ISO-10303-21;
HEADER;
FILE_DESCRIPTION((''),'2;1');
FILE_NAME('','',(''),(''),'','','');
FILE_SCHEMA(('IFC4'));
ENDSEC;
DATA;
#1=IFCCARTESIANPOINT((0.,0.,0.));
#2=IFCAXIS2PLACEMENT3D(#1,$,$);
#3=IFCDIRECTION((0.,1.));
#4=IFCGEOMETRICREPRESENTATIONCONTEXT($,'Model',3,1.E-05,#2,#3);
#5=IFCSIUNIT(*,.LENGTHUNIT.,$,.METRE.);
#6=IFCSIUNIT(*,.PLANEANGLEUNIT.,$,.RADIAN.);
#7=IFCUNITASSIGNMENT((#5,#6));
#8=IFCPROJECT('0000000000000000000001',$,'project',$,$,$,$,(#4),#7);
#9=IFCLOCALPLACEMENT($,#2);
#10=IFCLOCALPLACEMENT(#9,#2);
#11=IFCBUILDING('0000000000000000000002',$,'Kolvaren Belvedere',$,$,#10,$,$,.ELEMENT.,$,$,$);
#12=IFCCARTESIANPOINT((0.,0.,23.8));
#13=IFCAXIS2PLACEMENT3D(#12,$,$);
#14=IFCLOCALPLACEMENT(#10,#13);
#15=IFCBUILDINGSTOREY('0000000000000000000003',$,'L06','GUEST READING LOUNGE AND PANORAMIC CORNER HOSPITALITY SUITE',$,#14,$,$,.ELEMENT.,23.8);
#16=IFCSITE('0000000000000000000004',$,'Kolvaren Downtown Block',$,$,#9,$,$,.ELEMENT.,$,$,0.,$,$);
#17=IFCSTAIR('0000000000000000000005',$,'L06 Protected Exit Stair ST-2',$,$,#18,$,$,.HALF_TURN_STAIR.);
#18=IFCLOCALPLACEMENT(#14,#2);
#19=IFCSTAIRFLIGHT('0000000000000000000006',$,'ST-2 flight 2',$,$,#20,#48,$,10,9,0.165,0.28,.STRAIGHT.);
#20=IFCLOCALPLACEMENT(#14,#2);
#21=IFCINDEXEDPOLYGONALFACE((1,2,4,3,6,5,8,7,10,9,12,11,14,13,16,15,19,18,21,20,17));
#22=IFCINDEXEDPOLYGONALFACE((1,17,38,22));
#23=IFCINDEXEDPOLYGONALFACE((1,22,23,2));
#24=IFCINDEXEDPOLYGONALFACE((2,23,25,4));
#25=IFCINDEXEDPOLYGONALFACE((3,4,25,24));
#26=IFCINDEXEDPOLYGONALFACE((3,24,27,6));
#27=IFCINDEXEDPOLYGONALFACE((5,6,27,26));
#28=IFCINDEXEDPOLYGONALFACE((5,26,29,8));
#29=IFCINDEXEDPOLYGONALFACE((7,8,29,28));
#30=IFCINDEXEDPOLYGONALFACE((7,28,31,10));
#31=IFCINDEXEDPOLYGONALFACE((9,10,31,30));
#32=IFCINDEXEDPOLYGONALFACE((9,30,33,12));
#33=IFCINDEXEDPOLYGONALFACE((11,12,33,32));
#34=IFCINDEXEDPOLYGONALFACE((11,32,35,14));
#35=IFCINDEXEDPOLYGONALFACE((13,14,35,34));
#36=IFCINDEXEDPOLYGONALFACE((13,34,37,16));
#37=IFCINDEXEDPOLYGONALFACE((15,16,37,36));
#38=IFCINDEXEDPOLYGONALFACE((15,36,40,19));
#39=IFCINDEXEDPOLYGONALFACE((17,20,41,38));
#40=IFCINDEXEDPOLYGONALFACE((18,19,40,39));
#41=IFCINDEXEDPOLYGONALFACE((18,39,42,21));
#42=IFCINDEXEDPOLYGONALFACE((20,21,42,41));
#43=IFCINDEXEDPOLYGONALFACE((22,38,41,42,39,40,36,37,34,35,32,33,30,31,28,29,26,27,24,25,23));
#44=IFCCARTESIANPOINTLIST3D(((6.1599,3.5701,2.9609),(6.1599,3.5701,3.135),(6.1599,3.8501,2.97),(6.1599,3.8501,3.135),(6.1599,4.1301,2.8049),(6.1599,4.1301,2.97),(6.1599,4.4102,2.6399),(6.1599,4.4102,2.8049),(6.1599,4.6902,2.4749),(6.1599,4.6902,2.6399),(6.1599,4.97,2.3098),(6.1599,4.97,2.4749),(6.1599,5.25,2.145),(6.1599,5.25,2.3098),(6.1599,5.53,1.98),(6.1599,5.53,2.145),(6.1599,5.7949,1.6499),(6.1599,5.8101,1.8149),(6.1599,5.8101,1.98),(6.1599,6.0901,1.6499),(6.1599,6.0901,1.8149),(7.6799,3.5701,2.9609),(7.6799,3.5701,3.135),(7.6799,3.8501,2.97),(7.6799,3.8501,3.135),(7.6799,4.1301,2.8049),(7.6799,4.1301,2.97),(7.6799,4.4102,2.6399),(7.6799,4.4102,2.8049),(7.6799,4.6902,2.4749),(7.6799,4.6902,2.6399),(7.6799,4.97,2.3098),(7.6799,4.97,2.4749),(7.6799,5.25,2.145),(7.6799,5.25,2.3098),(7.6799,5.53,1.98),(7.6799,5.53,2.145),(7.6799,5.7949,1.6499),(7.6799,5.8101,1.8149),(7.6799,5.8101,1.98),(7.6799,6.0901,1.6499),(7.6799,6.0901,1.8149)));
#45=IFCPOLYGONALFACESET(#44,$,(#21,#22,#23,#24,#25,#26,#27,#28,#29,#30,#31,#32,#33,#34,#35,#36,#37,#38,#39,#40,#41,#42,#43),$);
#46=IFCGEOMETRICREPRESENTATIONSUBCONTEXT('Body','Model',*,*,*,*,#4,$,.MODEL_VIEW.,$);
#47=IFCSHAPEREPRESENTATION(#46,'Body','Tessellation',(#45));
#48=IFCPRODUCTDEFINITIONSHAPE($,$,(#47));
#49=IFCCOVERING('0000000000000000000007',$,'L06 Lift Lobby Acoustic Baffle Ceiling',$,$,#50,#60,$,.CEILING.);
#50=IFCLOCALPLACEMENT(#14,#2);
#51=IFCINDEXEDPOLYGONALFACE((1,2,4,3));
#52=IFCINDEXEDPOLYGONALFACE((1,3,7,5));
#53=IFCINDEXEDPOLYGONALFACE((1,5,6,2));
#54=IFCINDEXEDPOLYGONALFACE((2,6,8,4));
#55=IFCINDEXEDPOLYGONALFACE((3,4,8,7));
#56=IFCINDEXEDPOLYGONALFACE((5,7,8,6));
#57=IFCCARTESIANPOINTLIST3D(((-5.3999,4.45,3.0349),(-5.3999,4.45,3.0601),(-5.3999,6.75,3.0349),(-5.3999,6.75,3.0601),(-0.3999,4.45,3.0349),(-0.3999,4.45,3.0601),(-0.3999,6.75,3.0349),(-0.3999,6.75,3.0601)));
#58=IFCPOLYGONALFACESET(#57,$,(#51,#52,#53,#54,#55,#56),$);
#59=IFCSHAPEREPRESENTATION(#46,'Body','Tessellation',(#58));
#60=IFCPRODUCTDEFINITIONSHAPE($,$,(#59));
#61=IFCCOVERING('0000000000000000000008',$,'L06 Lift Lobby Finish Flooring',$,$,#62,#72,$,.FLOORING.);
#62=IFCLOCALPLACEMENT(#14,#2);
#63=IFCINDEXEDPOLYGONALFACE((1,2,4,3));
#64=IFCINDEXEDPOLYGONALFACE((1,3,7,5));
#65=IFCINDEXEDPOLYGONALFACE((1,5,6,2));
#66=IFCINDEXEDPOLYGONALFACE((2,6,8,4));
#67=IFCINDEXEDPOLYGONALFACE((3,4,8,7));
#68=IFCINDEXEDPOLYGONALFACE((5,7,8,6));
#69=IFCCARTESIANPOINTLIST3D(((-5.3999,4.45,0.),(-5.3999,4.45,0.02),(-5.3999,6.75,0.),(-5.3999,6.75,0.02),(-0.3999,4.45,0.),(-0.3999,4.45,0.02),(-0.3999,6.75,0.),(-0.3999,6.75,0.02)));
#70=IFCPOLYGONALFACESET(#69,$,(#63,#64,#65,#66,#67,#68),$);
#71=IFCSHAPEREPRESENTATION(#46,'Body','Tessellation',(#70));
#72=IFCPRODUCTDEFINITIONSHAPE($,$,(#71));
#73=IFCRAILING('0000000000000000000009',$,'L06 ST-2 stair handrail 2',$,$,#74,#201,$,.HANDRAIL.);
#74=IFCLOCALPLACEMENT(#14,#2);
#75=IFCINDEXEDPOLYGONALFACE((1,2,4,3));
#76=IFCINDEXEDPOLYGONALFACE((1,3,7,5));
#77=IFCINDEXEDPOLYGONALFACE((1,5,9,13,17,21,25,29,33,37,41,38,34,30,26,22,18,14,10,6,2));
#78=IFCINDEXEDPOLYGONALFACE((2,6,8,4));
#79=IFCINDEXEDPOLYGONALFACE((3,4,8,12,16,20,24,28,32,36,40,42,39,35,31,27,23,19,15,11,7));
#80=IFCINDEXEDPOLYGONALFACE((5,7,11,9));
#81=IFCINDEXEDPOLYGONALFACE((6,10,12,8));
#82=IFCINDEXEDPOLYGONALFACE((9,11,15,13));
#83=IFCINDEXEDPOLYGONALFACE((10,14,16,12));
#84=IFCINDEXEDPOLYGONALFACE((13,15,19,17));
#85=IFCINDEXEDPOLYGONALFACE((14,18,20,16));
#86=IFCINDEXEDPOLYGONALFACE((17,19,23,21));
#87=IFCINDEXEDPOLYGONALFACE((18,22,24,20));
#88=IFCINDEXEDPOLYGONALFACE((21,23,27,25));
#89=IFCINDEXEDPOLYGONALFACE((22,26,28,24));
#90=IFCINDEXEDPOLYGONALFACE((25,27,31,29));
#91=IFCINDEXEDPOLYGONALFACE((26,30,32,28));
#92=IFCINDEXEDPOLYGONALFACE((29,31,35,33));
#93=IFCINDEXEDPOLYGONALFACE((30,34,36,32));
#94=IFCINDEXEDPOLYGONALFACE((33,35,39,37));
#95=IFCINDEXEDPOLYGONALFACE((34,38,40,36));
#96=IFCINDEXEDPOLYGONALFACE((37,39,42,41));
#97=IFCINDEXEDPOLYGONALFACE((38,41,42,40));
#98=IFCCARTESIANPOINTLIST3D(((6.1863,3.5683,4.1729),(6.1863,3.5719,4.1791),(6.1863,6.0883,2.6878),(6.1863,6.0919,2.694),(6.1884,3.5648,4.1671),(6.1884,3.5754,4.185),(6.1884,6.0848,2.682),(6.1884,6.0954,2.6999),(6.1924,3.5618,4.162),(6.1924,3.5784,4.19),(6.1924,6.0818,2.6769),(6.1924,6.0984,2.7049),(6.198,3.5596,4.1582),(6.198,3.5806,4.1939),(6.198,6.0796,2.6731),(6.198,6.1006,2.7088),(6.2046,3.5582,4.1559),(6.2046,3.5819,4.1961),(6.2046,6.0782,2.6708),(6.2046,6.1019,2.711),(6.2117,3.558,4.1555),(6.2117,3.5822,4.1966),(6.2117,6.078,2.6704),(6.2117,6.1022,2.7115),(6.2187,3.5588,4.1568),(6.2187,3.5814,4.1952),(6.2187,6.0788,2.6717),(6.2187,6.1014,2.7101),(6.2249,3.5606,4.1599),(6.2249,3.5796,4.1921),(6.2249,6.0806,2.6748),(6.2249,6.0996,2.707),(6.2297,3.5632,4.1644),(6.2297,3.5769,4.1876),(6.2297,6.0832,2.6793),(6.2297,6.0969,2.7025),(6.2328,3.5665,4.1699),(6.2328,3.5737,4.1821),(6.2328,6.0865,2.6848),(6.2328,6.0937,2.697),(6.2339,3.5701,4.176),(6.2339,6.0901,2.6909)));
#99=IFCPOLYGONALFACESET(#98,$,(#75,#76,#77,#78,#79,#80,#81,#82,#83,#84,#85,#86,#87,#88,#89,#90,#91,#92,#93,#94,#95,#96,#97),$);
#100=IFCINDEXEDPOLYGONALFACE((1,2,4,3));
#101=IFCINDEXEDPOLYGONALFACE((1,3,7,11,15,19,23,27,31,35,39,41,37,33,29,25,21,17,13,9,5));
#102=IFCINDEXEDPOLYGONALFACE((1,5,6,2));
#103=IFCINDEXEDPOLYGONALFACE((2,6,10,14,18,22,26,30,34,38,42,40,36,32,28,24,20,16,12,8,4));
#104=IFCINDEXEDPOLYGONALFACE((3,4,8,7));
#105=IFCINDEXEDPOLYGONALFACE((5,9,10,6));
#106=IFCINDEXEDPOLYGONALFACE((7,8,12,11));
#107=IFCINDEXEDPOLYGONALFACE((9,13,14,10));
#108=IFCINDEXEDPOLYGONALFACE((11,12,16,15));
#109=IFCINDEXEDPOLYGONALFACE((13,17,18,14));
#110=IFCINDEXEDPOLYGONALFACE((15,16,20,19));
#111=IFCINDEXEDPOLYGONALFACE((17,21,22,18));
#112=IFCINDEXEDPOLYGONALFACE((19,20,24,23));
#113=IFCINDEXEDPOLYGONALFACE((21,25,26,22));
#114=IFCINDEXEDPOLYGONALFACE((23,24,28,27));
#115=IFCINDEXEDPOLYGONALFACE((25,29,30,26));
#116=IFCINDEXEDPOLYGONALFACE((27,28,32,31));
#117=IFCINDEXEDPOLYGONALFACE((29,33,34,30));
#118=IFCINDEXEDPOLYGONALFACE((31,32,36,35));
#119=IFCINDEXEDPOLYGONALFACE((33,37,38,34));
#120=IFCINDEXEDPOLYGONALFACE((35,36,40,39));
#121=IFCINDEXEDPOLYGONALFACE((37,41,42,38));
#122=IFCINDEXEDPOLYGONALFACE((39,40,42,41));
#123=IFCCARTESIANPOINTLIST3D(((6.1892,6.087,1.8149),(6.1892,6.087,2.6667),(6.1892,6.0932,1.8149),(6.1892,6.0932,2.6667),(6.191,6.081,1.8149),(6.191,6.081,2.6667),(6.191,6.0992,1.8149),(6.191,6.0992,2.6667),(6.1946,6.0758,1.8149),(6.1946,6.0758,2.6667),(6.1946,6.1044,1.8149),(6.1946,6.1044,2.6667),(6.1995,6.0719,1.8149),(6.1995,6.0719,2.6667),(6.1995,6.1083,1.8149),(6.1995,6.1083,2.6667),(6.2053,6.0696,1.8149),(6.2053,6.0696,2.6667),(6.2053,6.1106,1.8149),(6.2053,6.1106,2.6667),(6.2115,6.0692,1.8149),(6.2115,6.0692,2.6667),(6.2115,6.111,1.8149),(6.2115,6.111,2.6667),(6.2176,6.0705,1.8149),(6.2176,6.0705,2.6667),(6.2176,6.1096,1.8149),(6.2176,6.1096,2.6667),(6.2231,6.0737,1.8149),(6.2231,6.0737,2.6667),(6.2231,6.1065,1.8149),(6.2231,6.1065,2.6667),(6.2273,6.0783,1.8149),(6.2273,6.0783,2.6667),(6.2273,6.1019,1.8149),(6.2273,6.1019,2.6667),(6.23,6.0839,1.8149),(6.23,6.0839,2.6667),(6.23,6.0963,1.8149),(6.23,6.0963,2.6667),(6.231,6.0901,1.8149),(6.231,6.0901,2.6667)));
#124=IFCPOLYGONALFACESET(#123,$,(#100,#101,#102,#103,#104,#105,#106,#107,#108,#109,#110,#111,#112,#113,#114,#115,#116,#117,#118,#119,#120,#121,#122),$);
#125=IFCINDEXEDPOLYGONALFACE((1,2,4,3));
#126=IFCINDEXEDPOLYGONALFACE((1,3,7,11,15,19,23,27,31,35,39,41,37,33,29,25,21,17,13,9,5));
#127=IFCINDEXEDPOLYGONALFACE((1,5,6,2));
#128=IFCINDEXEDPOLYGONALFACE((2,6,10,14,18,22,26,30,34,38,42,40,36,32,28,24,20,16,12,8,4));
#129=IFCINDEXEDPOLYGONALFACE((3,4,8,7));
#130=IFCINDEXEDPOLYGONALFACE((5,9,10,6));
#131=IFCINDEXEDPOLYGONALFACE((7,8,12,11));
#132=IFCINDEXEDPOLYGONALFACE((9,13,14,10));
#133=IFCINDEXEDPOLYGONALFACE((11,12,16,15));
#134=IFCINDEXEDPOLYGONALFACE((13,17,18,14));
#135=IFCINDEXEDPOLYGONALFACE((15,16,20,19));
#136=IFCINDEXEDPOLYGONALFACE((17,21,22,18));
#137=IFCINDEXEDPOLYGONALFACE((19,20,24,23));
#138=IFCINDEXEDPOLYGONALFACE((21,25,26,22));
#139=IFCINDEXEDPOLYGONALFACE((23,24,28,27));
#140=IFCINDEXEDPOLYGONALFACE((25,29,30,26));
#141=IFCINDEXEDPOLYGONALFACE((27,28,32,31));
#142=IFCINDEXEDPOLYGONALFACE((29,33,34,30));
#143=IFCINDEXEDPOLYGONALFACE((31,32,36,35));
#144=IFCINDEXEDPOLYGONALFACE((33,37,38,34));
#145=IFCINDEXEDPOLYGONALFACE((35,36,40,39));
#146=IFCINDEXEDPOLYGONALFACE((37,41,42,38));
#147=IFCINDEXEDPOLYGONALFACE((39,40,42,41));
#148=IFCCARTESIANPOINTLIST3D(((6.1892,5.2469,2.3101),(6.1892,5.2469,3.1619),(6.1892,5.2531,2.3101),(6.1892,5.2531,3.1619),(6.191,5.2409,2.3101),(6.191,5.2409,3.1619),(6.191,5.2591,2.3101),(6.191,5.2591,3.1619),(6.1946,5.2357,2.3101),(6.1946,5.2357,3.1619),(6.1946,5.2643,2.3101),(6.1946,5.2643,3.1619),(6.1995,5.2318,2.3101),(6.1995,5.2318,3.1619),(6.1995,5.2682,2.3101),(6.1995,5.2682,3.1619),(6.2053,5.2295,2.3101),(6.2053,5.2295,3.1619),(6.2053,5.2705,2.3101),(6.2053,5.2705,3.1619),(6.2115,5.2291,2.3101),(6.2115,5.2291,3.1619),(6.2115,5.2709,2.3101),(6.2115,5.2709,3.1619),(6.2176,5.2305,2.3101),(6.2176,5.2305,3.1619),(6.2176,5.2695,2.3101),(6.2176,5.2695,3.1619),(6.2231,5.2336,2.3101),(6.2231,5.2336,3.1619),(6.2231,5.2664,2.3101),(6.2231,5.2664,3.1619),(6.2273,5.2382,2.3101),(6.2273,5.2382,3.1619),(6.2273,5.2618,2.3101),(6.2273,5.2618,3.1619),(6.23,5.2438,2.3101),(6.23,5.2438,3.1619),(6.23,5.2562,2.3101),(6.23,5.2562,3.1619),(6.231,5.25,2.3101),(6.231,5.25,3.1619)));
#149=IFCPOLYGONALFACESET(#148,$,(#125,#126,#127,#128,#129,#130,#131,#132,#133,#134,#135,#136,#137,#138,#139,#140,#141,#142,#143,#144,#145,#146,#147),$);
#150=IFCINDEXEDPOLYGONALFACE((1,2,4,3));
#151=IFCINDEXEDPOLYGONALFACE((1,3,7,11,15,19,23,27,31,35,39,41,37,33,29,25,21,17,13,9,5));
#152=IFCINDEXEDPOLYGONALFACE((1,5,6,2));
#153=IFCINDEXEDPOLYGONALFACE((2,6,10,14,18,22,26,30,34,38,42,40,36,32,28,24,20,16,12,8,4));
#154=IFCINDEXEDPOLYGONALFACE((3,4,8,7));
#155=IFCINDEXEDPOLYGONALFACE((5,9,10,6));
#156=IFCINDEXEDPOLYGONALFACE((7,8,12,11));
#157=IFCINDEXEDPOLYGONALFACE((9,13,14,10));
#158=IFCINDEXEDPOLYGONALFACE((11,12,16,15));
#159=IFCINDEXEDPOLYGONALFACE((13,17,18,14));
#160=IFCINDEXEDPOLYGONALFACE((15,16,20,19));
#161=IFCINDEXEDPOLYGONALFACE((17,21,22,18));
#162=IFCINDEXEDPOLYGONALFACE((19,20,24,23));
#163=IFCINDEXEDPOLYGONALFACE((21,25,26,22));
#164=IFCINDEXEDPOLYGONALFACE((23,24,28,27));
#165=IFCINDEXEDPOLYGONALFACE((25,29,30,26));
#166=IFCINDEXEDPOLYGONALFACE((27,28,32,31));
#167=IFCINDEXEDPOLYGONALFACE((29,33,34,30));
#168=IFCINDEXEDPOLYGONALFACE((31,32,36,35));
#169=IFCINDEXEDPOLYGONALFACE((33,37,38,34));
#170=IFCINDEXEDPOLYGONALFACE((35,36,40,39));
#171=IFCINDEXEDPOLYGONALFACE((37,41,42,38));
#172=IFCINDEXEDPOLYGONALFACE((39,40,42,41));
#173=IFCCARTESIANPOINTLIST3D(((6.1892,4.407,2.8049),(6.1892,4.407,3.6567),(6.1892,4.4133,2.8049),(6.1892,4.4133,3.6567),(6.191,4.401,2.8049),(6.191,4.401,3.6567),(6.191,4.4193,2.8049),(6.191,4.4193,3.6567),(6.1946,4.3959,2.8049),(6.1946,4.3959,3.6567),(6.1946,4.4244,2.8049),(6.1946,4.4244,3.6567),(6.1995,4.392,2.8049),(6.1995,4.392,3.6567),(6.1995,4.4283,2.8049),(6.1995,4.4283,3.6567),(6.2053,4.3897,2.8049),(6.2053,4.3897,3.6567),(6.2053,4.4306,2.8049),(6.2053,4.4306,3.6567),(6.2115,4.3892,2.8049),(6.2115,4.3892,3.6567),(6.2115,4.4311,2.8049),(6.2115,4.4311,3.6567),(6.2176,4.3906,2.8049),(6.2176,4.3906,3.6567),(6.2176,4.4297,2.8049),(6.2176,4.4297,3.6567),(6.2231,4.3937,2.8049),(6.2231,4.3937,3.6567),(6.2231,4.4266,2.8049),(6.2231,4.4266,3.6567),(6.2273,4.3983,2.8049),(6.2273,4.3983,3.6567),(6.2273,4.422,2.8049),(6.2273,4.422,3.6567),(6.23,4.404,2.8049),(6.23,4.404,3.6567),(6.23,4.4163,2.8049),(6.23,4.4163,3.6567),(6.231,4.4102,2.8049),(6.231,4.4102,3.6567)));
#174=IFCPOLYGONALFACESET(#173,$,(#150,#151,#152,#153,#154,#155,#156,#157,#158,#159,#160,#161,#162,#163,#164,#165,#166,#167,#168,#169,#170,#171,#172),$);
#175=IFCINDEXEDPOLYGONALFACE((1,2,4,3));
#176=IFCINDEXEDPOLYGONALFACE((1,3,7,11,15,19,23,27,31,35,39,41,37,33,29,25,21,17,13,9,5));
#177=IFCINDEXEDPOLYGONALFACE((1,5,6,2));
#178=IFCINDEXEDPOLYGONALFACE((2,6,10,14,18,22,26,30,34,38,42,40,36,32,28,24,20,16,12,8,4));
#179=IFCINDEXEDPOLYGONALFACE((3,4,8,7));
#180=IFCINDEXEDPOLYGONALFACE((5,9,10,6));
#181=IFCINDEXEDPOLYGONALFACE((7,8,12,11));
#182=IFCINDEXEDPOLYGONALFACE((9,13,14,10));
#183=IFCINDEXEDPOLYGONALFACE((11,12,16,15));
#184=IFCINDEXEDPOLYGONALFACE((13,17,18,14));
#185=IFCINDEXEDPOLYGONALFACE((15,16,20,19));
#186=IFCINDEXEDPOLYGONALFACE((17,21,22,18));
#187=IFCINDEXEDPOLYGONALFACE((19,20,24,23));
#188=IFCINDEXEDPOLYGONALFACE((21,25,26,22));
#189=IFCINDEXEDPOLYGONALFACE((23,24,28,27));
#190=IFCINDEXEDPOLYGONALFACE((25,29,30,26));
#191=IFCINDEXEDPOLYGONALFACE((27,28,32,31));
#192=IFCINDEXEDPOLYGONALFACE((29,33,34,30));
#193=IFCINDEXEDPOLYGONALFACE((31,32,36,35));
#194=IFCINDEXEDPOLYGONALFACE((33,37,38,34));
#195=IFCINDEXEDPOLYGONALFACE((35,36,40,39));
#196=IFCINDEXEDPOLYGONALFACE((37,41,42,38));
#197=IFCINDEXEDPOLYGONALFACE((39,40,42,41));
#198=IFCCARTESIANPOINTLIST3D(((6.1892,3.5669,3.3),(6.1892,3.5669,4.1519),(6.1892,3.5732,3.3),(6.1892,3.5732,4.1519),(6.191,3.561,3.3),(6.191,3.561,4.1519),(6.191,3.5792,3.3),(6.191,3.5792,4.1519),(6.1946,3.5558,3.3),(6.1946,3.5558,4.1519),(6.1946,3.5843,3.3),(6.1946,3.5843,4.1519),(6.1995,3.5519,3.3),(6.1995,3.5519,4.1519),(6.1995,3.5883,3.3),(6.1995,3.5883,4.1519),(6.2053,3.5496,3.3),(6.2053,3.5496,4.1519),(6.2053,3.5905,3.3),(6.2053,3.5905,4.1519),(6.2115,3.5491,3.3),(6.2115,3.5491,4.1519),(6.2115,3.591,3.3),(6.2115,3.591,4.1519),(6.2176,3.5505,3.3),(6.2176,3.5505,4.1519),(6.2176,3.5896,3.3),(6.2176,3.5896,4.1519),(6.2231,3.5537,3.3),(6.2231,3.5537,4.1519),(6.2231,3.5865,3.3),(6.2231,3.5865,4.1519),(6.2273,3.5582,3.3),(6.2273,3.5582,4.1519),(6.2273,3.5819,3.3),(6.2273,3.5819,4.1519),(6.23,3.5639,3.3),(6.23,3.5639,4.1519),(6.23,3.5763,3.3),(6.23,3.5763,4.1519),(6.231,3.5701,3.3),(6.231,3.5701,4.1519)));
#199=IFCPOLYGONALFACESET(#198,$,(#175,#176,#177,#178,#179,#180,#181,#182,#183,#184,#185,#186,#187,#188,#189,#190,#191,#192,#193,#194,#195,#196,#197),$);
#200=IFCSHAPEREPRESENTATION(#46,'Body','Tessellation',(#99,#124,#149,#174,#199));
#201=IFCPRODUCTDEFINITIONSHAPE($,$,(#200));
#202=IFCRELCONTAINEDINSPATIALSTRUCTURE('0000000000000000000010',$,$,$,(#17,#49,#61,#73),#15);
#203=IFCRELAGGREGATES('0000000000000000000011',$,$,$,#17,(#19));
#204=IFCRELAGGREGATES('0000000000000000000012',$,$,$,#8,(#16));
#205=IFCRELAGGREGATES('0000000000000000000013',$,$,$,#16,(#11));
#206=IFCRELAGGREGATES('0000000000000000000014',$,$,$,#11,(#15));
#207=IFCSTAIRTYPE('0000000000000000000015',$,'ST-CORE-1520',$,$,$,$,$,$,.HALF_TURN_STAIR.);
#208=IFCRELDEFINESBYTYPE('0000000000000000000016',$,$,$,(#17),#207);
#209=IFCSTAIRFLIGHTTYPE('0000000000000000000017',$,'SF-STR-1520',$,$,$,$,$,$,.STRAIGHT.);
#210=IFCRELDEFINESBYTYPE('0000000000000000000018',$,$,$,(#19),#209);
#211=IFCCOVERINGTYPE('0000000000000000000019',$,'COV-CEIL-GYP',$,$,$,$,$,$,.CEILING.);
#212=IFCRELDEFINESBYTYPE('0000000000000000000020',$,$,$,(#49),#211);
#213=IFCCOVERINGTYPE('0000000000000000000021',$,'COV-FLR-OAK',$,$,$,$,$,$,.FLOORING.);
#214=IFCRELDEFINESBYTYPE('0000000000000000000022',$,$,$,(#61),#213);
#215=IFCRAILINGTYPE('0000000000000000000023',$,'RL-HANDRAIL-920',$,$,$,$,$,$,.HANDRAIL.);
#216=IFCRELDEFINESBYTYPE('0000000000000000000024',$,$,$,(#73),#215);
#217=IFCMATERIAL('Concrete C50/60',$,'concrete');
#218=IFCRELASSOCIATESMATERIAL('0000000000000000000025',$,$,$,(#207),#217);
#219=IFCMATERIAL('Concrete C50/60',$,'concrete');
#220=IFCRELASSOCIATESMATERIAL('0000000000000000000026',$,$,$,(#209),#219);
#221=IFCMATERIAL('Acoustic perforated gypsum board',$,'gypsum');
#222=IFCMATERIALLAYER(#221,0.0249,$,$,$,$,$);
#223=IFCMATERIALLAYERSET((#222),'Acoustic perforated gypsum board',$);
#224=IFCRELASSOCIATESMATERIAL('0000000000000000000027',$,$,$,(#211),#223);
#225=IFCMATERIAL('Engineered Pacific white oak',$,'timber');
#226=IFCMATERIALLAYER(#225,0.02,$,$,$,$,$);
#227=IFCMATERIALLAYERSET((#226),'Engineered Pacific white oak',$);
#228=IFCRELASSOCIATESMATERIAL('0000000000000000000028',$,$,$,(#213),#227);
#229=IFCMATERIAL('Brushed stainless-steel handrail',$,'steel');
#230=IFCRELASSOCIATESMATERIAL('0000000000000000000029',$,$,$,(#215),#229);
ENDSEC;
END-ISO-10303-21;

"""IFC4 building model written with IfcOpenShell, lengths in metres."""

from ifc_helpers import new_model, si_unit, direction, frame, origin, origin_2d, place, context, subcontext, project, spatial, polyline, circle, outline, extrude, material, layer, layer_set, type_object, element, aggregate, save


model = new_model("IFC4")

# Units and contexts
model_context = context("Model", 3, precision=1e-05, world=origin(), true_north=direction((0.0, 1.0)))
body_context = subcontext(model_context, "Body", "Model", "MODEL_VIEW")
ifc_project = project(units=[si_unit("LENGTHUNIT", "METRE"), si_unit("PLANEANGLEUNIT", "RADIAN")], contexts=[model_context])

# Site, building, storey
site_placement = place(None, origin())
site = spatial("IfcSite", under=ifc_project, at=site_placement, Name="Kolvaren Downtown Block", CompositionType="ELEMENT", RefElevation=0.0)
building_placement = place(site_placement, origin())
building = spatial("IfcBuilding", under=site, at=building_placement, Name="Kolvaren Belvedere", CompositionType="ELEMENT")
storey_placement = place(building_placement, frame((0.0, 0.0, 23.8)))
storey = spatial("IfcBuildingStorey", under=building, at=storey_placement, Name="L06", Description="GUEST READING LOUNGE AND PANORAMIC CORNER HOSPITALITY SUITE", CompositionType="ELEMENT", Elevation=23.8)

# Stair, stair flight
ifc_material_1 = material(Name="Concrete C50/60", Category="concrete")
stair_type = type_object("IfcStairType", Name="ST-CORE-1520", PredefinedType="HALF_TURN_STAIR", material=ifc_material_1)
stair_placement = place(storey_placement, origin())
stair = element("IfcStair", 1, at=stair_placement, inside=storey, type_object=stair_type, Name="L06 Protected Exit Stair ST-2", PredefinedType="HALF_TURN_STAIR")
ifc_material_2 = material(Name="Concrete C50/60", Category="concrete")
stair_flight_type = type_object("IfcStairFlightType", Name="SF-STR-1520", PredefinedType="STRAIGHT", material=ifc_material_2)
stair_flight_placement = place(storey_placement, frame((6.9199, 6.0901, 1.6499), z_axis=(0.0, 0.0, 1.0), x_axis=(0.0, -1.0, 0.0)))
stair_flight = element("IfcStairFlight", 2, at=stair_flight_placement, type_object=stair_flight_type, Name="ST-2 flight 2", NumberOfRisers=10, NumberOfTreads=9, PredefinedType="STRAIGHT", RiserHeight=0.165, TreadLength=0.28, context=body_context, shape_type="SweptSolid", body=[
    extrude(outline(polyline([(0.0, 0.0), (0.0, 0.165), (0.28, 0.165), (0.28, 0.3301), (0.5601, 0.3301), (0.5601, 0.4951), (0.8401, 0.4951), (0.8401, 0.6599), (1.1201, 0.6599), (1.1201, 0.825), (1.3999, 0.825), (1.3999, 0.99), (1.6799, 0.99), (1.6799, 1.155), (1.96, 1.155), (1.96, 1.3201), (2.24, 1.3201), (2.24, 1.4851), (2.52, 1.4851), (2.52, 1.6499), (2.52, 1.311), (0.2952, 0.0), (0.0, 0.0)])), frame((0.0, 0.76, 0.0), z_axis=(0.0, -1.0, 0.0), x_axis=(1.0, 0.0, 0.0)), (0.0, 0.0, 1.0), 1.52),
])
aggregate(stair, [stair_flight])

# Coverings
ifc_material_3 = material(Name="Acoustic perforated gypsum board", Category="gypsum")
ifc_layer_1 = layer(ifc_material_3, 0.0249)
ifc_layer_set_1 = layer_set([ifc_layer_1], Name="Acoustic perforated gypsum board")
covering_type_1 = type_object("IfcCoveringType", Name="COV-CEIL-GYP", PredefinedType="CEILING", material=ifc_layer_set_1)
covering_1_placement = place(storey_placement, frame((0.0, 0.0, 3.0349)))
element("IfcCovering", 3, at=covering_1_placement, inside=storey, type_object=covering_type_1, Name="L06 Lift Lobby Acoustic Baffle Ceiling", PredefinedType="CEILING", context=body_context, shape_type="SweptSolid", body=[
    extrude(outline(polyline([(-5.3999, 4.45), (-0.3999, 4.45), (-0.3999, 6.75), (-5.3999, 6.75), (-5.3999, 4.45)])), origin(), (0.0, 0.0, 1.0), 0.0251),
])
ifc_material_4 = material(Name="Engineered Pacific white oak", Category="timber")
ifc_layer_2 = layer(ifc_material_4, 0.02)
ifc_layer_set_2 = layer_set([ifc_layer_2], Name="Engineered Pacific white oak")
covering_type_2 = type_object("IfcCoveringType", Name="COV-FLR-OAK", PredefinedType="FLOORING", material=ifc_layer_set_2)
covering_2_placement = place(storey_placement, origin())
element("IfcCovering", 4, at=covering_2_placement, inside=storey, type_object=covering_type_2, Name="L06 Lift Lobby Finish Flooring", PredefinedType="FLOORING", context=body_context, shape_type="SweptSolid", body=[
    extrude(outline(polyline([(-5.3999, 4.45), (-0.3999, 4.45), (-0.3999, 6.75), (-5.3999, 6.75), (-5.3999, 4.45)])), origin(), (0.0, 0.0, 1.0), 0.02),
])

# Railing
ifc_material_5 = material(Name="Brushed stainless-steel handrail", Category="steel")
railing_type_1 = type_object("IfcRailingType", Name="RL-HANDRAIL-920", PredefinedType="HANDRAIL", material=ifc_material_5)
railing_1_placement = place(storey_placement, frame((6.21, 6.0901, 1.8149)))
element("IfcRailing", 5, at=railing_1_placement, inside=storey, type_object=railing_type_1, Name="L06 ST-2 stair handrail 2", PredefinedType="HANDRAIL", context=body_context, shape_type="SweptSolid", body=[
    extrude(circle(Radius=0.0239, at=origin_2d()), frame((0.0, 0.0, 0.876), z_axis=(0.0, -0.861524, 0.507717), x_axis=(1.0, 0.0, 0.0)), (0.0, 0.0, 1.0), 2.925),
    extrude(circle(Radius=0.021, at=origin_2d()), origin(), (0.0, 0.0, 1.0), 0.8518),
    extrude(circle(Radius=0.021, at=origin_2d()), frame((0.0, -0.8401, 0.4951)), (0.0, 0.0, 1.0), 0.8518),
    extrude(circle(Radius=0.021, at=origin_2d()), frame((0.0, -1.6799, 0.99)), (0.0, 0.0, 1.0), 0.8518),
    extrude(circle(Radius=0.021, at=origin_2d()), frame((0.0, -2.52, 1.4851)), (0.0, 0.0, 1.0), 0.8518),
])

save(model, "model.ifc")
